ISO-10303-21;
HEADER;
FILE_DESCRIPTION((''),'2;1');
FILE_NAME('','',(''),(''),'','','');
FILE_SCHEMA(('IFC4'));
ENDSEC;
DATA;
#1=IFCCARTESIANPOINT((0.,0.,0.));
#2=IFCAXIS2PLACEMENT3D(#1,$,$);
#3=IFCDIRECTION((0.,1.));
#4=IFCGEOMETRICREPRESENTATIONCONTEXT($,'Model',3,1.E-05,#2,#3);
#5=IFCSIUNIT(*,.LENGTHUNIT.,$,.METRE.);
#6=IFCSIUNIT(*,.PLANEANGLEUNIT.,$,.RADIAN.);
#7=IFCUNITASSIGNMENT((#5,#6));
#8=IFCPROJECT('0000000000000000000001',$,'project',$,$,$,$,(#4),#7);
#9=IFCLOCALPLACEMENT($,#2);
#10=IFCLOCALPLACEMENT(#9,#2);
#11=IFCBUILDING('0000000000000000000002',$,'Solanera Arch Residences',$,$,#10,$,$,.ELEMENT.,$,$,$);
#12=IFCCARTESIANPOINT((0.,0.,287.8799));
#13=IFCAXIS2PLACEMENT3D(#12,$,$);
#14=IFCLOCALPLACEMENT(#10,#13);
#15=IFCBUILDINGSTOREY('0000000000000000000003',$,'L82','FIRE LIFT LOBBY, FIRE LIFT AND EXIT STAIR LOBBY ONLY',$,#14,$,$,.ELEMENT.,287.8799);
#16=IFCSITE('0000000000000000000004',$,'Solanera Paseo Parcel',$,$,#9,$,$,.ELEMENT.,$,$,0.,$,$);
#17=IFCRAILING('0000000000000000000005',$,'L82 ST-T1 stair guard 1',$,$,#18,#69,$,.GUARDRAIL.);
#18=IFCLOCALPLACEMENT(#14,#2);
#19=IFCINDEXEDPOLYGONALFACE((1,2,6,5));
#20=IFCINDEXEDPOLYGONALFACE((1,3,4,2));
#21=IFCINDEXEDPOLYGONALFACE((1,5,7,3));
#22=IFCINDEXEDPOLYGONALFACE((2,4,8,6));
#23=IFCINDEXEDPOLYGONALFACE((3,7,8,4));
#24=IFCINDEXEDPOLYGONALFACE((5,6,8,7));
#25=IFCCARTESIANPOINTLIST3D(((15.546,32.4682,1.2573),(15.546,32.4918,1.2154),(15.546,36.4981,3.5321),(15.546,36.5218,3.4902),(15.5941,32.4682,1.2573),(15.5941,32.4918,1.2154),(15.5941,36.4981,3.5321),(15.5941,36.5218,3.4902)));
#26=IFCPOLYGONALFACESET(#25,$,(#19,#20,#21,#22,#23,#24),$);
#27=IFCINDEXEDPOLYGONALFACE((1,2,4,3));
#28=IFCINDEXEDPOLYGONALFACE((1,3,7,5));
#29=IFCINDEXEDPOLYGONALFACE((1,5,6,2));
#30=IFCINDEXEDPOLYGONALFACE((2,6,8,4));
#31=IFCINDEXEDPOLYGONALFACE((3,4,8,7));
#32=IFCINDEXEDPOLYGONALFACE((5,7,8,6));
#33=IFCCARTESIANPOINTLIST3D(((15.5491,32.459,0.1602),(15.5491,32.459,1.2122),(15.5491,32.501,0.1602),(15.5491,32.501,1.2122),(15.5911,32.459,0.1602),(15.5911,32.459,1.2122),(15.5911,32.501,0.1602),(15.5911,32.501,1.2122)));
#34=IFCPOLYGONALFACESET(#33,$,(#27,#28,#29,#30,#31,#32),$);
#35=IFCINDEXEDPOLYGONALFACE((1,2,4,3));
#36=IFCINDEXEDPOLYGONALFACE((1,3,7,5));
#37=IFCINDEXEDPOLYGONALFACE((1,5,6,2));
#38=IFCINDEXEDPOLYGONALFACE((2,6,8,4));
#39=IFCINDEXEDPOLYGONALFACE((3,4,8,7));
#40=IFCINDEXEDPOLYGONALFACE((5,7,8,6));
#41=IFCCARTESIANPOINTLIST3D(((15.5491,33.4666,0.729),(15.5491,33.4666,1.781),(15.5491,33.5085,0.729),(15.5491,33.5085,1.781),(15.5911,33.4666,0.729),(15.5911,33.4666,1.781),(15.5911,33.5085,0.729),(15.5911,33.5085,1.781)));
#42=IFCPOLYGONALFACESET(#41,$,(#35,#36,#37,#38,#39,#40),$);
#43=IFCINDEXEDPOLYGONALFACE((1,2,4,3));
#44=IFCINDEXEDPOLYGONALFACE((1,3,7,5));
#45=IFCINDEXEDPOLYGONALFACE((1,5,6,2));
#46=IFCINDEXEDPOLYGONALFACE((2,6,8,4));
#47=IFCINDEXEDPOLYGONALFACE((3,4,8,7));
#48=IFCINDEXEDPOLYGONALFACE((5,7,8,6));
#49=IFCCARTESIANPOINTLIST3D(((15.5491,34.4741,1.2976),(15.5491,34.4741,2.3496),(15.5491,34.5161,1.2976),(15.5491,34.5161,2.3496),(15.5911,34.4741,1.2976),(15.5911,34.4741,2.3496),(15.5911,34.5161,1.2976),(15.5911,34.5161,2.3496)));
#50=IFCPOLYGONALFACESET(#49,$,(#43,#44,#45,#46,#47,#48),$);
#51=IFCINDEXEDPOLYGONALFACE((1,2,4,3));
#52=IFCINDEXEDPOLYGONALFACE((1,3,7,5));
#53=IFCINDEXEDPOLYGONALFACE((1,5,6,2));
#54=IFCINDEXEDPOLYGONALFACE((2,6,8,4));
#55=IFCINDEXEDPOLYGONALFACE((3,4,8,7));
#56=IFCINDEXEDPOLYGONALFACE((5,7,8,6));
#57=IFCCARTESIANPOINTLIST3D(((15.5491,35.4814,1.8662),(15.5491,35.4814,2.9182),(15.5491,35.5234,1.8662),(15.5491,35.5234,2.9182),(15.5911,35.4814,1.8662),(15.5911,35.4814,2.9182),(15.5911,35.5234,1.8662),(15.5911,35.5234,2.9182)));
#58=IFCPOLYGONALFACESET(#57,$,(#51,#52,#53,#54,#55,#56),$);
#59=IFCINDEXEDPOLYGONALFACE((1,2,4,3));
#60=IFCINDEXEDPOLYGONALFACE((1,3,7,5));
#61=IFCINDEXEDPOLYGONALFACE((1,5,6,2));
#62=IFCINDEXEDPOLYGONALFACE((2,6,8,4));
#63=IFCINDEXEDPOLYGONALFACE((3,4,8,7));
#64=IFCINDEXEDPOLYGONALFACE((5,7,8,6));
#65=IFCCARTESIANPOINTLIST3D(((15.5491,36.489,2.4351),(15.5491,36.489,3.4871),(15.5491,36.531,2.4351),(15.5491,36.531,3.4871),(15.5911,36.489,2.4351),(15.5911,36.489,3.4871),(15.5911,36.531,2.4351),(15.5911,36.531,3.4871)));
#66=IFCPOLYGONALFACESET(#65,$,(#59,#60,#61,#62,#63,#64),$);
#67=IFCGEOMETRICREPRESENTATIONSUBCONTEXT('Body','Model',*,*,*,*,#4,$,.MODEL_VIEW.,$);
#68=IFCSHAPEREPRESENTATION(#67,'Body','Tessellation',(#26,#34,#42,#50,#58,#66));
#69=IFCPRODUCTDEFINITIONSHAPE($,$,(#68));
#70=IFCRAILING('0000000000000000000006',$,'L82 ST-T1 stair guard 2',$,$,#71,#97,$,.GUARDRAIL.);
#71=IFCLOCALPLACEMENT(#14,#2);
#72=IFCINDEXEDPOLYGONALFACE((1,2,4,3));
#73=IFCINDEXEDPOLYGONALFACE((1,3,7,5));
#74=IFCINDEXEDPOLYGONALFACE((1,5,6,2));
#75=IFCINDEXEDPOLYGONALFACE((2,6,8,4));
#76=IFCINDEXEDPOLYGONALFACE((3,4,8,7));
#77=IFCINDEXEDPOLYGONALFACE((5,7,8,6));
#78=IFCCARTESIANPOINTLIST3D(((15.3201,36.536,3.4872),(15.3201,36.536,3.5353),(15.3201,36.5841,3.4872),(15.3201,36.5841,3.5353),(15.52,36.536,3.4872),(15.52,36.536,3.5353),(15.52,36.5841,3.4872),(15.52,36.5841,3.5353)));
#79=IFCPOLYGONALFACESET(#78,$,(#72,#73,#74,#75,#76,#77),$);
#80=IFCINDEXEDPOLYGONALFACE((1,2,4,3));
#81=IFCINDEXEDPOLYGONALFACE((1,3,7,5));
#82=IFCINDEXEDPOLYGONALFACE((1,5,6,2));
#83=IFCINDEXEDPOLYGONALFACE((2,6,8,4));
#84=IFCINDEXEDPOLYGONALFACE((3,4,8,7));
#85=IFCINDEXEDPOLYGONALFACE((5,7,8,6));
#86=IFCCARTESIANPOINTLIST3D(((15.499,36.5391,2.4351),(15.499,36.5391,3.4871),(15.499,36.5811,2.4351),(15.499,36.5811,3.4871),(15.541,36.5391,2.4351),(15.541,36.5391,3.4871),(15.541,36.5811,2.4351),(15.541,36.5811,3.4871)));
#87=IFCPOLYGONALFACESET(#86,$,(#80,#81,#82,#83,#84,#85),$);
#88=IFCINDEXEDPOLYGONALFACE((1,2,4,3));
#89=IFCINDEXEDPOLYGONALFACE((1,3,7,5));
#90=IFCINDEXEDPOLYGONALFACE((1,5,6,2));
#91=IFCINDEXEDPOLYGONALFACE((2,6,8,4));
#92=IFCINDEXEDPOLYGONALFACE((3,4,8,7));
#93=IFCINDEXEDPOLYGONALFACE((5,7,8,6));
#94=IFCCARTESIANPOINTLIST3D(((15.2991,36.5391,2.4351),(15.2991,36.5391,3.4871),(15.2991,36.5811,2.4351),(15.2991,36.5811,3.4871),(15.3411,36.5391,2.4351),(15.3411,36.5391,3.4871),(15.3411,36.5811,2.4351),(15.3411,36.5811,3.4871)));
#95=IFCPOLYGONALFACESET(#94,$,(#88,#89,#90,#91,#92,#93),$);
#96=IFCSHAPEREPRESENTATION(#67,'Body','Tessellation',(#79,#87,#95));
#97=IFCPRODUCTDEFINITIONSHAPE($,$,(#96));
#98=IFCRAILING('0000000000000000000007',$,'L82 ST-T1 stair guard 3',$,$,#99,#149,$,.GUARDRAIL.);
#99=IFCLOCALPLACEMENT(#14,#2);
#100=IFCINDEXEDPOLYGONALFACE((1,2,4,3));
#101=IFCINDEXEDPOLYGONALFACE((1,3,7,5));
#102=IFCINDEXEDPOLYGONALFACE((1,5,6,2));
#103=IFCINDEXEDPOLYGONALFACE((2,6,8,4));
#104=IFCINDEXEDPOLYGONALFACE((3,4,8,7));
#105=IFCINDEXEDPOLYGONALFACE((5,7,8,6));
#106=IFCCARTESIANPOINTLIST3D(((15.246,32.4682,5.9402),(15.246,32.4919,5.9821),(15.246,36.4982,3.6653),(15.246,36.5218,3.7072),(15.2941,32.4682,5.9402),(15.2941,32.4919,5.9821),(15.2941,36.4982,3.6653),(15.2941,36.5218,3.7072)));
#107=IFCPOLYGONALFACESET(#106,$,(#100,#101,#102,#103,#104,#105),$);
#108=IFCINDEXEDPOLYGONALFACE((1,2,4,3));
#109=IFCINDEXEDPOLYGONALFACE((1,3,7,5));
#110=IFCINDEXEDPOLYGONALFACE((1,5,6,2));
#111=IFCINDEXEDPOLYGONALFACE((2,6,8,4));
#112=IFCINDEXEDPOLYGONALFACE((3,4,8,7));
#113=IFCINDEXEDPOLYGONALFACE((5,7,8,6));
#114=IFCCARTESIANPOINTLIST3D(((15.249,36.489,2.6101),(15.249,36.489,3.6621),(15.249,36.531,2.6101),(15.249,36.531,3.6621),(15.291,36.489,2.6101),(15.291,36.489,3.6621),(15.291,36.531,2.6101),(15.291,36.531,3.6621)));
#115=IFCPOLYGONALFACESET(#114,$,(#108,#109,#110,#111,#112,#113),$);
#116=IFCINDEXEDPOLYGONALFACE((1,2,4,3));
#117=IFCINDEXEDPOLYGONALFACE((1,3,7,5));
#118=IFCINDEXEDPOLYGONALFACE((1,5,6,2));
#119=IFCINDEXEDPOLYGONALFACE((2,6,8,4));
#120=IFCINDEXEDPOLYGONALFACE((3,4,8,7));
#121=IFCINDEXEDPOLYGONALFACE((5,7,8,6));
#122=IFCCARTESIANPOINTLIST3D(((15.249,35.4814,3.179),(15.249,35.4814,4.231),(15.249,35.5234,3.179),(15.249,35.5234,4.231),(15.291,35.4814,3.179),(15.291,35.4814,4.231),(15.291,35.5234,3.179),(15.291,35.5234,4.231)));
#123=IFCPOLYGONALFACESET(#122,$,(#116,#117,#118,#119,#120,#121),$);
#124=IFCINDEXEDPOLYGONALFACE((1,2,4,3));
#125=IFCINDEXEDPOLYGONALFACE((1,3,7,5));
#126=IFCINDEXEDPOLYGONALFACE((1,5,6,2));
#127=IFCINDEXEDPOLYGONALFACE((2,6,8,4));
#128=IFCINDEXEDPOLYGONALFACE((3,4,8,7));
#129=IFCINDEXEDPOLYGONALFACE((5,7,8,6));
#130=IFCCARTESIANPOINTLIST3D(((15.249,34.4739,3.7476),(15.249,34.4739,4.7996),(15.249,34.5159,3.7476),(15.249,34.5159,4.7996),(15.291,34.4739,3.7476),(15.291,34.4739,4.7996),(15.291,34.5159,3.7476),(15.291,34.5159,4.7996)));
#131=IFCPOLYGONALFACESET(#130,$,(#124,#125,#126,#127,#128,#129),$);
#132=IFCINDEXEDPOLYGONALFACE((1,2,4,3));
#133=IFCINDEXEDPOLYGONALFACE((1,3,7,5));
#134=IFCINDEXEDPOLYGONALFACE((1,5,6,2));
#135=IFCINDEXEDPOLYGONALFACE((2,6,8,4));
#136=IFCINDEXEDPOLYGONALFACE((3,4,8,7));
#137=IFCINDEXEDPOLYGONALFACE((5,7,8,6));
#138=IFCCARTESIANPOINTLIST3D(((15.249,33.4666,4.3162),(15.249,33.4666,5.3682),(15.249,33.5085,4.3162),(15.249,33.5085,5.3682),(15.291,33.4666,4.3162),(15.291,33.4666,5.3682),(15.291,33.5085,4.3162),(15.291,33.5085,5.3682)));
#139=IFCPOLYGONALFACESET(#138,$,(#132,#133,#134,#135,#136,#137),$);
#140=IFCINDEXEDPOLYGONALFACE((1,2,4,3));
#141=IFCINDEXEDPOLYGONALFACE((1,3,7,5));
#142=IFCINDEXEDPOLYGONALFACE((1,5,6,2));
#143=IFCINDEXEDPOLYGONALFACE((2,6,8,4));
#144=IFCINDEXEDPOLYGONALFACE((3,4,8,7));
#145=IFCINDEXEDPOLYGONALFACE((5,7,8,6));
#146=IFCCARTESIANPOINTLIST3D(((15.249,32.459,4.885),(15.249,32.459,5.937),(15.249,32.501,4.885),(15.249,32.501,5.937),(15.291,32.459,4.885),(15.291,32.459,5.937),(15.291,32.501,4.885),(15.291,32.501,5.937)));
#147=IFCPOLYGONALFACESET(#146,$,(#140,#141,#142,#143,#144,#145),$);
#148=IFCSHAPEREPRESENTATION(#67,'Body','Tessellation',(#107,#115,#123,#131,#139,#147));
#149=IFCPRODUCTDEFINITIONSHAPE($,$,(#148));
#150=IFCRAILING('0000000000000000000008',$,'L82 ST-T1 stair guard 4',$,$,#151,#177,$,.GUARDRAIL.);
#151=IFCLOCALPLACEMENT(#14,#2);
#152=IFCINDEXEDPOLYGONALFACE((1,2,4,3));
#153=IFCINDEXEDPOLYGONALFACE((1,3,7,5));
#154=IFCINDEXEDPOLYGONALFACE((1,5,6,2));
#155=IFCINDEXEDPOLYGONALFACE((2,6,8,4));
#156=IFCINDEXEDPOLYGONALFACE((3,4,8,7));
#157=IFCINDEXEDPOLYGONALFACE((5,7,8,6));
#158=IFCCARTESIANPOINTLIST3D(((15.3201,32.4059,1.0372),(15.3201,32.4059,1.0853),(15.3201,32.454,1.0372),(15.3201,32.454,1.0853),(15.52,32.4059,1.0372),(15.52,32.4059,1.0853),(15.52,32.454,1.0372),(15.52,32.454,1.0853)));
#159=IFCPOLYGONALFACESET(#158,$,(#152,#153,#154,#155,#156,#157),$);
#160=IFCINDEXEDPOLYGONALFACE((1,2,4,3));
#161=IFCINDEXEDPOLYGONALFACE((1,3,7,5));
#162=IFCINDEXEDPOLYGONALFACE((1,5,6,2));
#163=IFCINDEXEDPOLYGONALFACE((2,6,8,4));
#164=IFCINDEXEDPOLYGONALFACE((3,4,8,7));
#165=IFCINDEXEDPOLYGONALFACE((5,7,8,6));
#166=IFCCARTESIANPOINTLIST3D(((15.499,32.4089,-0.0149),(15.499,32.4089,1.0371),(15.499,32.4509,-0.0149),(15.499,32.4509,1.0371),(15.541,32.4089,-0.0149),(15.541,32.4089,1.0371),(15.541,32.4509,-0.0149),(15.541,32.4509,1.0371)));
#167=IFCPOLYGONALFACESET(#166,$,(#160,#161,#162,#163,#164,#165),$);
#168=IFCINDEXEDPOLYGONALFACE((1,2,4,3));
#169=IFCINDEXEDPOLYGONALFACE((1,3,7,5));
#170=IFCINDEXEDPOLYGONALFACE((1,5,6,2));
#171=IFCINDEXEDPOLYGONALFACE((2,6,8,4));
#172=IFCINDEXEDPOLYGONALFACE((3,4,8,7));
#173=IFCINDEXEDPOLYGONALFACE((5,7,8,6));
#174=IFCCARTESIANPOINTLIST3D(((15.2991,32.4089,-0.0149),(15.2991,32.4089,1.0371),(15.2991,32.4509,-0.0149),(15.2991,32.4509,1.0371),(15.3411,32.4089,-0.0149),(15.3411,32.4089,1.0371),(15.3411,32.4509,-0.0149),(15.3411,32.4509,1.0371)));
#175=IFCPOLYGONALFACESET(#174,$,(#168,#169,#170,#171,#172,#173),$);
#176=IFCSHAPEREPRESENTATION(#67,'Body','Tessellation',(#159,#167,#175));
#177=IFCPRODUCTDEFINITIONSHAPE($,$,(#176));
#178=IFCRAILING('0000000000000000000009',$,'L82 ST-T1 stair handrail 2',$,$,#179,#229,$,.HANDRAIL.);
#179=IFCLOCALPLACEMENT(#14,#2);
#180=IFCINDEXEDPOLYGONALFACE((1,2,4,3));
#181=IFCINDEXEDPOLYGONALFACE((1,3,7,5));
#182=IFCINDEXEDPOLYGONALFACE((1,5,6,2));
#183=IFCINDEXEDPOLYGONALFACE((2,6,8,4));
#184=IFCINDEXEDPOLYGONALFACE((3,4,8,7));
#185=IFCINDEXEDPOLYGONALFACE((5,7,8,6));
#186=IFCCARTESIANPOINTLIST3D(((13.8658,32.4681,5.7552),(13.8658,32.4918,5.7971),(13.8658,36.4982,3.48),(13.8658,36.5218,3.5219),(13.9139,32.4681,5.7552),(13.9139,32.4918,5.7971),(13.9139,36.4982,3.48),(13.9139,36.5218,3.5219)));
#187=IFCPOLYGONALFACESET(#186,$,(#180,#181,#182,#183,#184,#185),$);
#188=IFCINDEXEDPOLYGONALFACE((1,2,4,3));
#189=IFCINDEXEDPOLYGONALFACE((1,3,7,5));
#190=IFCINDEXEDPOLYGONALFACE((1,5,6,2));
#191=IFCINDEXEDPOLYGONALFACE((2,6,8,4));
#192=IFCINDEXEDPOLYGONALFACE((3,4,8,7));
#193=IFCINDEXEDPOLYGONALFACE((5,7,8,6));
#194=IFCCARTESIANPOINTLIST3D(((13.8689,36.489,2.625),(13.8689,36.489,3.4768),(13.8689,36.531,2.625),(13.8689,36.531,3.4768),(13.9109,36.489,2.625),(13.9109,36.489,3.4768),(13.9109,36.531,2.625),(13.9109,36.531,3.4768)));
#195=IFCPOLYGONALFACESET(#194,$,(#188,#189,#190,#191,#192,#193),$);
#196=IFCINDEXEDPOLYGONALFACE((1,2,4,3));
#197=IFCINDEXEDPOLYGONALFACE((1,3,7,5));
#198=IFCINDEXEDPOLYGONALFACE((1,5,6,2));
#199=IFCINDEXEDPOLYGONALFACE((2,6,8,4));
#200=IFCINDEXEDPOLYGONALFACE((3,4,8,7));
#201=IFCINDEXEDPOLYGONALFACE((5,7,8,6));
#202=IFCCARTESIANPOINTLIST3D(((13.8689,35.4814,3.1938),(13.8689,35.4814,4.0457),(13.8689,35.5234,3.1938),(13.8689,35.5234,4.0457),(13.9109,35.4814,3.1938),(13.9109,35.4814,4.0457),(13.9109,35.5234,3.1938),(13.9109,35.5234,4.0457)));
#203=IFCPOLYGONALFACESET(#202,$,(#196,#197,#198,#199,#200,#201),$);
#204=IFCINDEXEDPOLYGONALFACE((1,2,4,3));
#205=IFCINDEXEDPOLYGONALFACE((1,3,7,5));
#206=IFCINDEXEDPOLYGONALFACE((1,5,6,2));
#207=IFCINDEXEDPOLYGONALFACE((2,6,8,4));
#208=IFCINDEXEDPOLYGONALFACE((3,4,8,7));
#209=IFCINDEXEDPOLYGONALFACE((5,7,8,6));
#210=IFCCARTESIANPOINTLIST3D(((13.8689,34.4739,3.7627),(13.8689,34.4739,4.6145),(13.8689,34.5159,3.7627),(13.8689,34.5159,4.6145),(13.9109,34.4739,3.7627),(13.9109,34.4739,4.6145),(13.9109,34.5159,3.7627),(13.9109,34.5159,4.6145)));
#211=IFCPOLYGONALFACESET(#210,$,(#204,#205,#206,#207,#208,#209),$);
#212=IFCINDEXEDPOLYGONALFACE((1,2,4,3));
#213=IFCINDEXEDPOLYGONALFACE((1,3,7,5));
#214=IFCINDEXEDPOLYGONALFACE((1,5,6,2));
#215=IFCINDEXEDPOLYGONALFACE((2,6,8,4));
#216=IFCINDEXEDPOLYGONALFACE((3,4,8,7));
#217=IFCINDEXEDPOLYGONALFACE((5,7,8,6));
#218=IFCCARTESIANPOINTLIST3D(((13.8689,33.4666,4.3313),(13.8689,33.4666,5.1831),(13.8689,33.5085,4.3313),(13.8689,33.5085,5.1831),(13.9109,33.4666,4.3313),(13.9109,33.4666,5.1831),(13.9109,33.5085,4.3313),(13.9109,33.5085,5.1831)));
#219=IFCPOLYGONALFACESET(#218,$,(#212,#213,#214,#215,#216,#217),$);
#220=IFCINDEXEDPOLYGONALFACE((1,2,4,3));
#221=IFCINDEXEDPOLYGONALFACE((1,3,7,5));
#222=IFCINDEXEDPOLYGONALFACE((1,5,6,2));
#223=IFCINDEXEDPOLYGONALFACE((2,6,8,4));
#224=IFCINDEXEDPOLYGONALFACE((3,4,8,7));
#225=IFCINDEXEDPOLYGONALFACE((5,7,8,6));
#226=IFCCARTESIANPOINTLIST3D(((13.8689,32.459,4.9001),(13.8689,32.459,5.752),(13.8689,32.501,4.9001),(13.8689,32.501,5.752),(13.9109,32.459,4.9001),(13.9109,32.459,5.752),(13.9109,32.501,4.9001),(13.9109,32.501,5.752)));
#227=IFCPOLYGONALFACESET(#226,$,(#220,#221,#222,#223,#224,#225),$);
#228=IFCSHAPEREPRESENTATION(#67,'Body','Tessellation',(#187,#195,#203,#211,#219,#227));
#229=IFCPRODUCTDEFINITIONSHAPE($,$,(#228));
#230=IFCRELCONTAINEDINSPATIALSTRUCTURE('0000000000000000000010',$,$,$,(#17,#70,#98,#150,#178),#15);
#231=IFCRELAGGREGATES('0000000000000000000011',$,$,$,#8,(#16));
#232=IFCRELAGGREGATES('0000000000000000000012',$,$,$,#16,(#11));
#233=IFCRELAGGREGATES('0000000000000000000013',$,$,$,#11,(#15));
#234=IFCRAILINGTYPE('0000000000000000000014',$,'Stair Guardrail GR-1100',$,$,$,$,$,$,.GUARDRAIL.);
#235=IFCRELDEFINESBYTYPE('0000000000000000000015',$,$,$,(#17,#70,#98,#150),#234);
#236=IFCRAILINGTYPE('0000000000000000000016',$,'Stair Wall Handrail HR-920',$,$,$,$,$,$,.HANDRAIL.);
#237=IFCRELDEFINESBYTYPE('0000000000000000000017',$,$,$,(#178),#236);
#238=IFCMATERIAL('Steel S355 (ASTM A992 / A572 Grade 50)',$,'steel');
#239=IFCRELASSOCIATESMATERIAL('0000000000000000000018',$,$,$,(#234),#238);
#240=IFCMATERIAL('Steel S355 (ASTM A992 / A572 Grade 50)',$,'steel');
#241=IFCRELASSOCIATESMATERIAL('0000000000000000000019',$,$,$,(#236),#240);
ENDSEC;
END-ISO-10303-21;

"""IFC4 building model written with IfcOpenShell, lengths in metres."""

from ifc_helpers import new_model, si_unit, direction, frame, origin, origin_2d, place, context, subcontext, project, spatial, rectangle, extrude, material, type_object, element, save


model = new_model("IFC4")

# Units and contexts
model_context = context("Model", 3, precision=1e-05, world=origin(), true_north=direction((0.0, 1.0)))
body_context = subcontext(model_context, "Body", "Model", "MODEL_VIEW")
ifc_project = project(units=[si_unit("LENGTHUNIT", "METRE"), si_unit("PLANEANGLEUNIT", "RADIAN")], contexts=[model_context])

# Site, building, storey
site_placement = place(None, origin())
site = spatial("IfcSite", under=ifc_project, at=site_placement, Name="Solanera Paseo Parcel", CompositionType="ELEMENT", RefElevation=0.0)
building_placement = place(site_placement, origin())
building = spatial("IfcBuilding", under=site, at=building_placement, Name="Solanera Arch Residences", CompositionType="ELEMENT")
storey_placement = place(building_placement, frame((0.0, 0.0, 287.8799)))
storey = spatial("IfcBuildingStorey", under=building, at=storey_placement, Name="L82", Description="FIRE LIFT LOBBY, FIRE LIFT AND EXIT STAIR LOBBY ONLY", CompositionType="ELEMENT", Elevation=287.8799)

# Railings
ifc_material_1 = material(Name="Steel S355 (ASTM A992 / A572 Grade 50)", Category="steel")
railing_type_1 = type_object("IfcRailingType", Name="Stair Guardrail GR-1100", PredefinedType="GUARDRAIL", material=ifc_material_1)
railing_1_placement = place(storey_placement, frame((15.5701, 32.48, 0.1602)))
element("IfcRailing", 1, at=railing_1_placement, inside=storey, type_object=railing_type_1, Name="L82 ST-T1 stair guard 1", PredefinedType="GUARDRAIL", context=body_context, shape_type="SweptSolid", body=[
    extrude(rectangle(XDim=0.0481, YDim=0.0481, at=origin_2d()), frame((0.0, 0.0, 1.0762), z_axis=(0.0, 0.870835, 0.491576), x_axis=(-1.0, 0.0, 0.0)), (0.0, 0.0, 1.0), 4.6277),
    extrude(rectangle(XDim=0.042, YDim=0.042, at=origin_2d()), origin(), (0.0, 0.0, 1.0), 1.052),
    extrude(rectangle(XDim=0.042, YDim=0.042, at=origin_2d()), frame((0.0, 1.0076, 0.5688)), (0.0, 0.0, 1.0), 1.052),
    extrude(rectangle(XDim=0.042, YDim=0.042, at=origin_2d()), frame((0.0, 2.0151, 1.1375)), (0.0, 0.0, 1.0), 1.052),
    extrude(rectangle(XDim=0.042, YDim=0.042, at=origin_2d()), frame((0.0, 3.0225, 1.7061)), (0.0, 0.0, 1.0), 1.052),
    extrude(rectangle(XDim=0.042, YDim=0.042, at=origin_2d()), frame((0.0, 4.03, 2.2749)), (0.0, 0.0, 1.0), 1.052),
])
railing_2_placement = place(storey_placement, frame((15.52, 36.5601, 2.4351)))
element("IfcRailing", 2, at=railing_2_placement, inside=storey, type_object=railing_type_1, Name="L82 ST-T1 stair guard 2", PredefinedType="GUARDRAIL", context=body_context, shape_type="SweptSolid", body=[
    extrude(rectangle(XDim=0.0481, YDim=0.0481, at=origin_2d()), frame((0.0, 0.0, 1.0762), z_axis=(-1.0, 0.0, 0.0), x_axis=(0.0, -1.0, 0.0)), (0.0, 0.0, 1.0), 0.2),
    extrude(rectangle(XDim=0.042, YDim=0.042, at=origin_2d()), origin(), (0.0, 0.0, 1.0), 1.052),
    extrude(rectangle(XDim=0.042, YDim=0.042, at=origin_2d()), frame((-0.2, 0.0, 0.0)), (0.0, 0.0, 1.0), 1.052),
])
railing_3_placement = place(storey_placement, frame((15.27, 36.51, 2.6101)))
element("IfcRailing", 3, at=railing_3_placement, inside=storey, type_object=railing_type_1, Name="L82 ST-T1 stair guard 3", PredefinedType="GUARDRAIL", context=body_context, shape_type="SweptSolid", body=[
    extrude(rectangle(XDim=0.0481, YDim=0.0481, at=origin_2d()), frame((0.0, 0.0, 1.0762), z_axis=(0.0, -0.870835, 0.491576), x_axis=(1.0, 0.0, 0.0)), (0.0, 0.0, 1.0), 4.6277),
    extrude(rectangle(XDim=0.042, YDim=0.042, at=origin_2d()), origin(), (0.0, 0.0, 1.0), 1.052),
    extrude(rectangle(XDim=0.042, YDim=0.042, at=origin_2d()), frame((0.0, -1.0076, 0.5688)), (0.0, 0.0, 1.0), 1.052),
    extrude(rectangle(XDim=0.042, YDim=0.042, at=origin_2d()), frame((0.0, -2.0151, 1.1375)), (0.0, 0.0, 1.0), 1.052),
    extrude(rectangle(XDim=0.042, YDim=0.042, at=origin_2d()), frame((0.0, -3.0225, 1.7061)), (0.0, 0.0, 1.0), 1.052),
    extrude(rectangle(XDim=0.042, YDim=0.042, at=origin_2d()), frame((0.0, -4.03, 2.2749)), (0.0, 0.0, 1.0), 1.052),
])
railing_4_placement = place(storey_placement, frame((15.52, 32.4299, -0.0149)))
element("IfcRailing", 4, at=railing_4_placement, inside=storey, type_object=railing_type_1, Name="L82 ST-T1 stair guard 4", PredefinedType="GUARDRAIL", context=body_context, shape_type="SweptSolid", body=[
    extrude(rectangle(XDim=0.0481, YDim=0.0481, at=origin_2d()), frame((0.0, 0.0, 1.0762), z_axis=(-1.0, 0.0, 0.0), x_axis=(0.0, -1.0, 0.0)), (0.0, 0.0, 1.0), 0.2),
    extrude(rectangle(XDim=0.042, YDim=0.042, at=origin_2d()), origin(), (0.0, 0.0, 1.0), 1.052),
    extrude(rectangle(XDim=0.042, YDim=0.042, at=origin_2d()), frame((-0.2, 0.0, 0.0)), (0.0, 0.0, 1.0), 1.052),
])
ifc_material_2 = material(Name="Steel S355 (ASTM A992 / A572 Grade 50)", Category="steel")
railing_type_2 = type_object("IfcRailingType", Name="Stair Wall Handrail HR-920", PredefinedType="HANDRAIL", material=ifc_material_2)
railing_5_placement = place(storey_placement, frame((13.8899, 36.51, 2.625)))
element("IfcRailing", 5, at=railing_5_placement, inside=storey, type_object=railing_type_2, Name="L82 ST-T1 stair handrail 2", PredefinedType="HANDRAIL", context=body_context, shape_type="SweptSolid", body=[
    extrude(rectangle(XDim=0.0481, YDim=0.0481, at=origin_2d()), frame((0.0, 0.0, 0.876), z_axis=(0.0, -0.870812, 0.491616), x_axis=(1.0, 0.0, 0.0)), (0.0, 0.0, 1.0), 4.6279),
    extrude(rectangle(XDim=0.042, YDim=0.042, at=origin_2d()), origin(), (0.0, 0.0, 1.0), 0.8518),
    extrude(rectangle(XDim=0.042, YDim=0.042, at=origin_2d()), frame((0.0, -1.0076, 0.5688)), (0.0, 0.0, 1.0), 0.8518),
    extrude(rectangle(XDim=0.042, YDim=0.042, at=origin_2d()), frame((0.0, -2.0151, 1.1377)), (0.0, 0.0, 1.0), 0.8518),
    extrude(rectangle(XDim=0.042, YDim=0.042, at=origin_2d()), frame((0.0, -3.0225, 1.7063)), (0.0, 0.0, 1.0), 0.8518),
    extrude(rectangle(XDim=0.042, YDim=0.042, at=origin_2d()), frame((0.0, -4.03, 2.2751)), (0.0, 0.0, 1.0), 0.8518),
])

save(model, "model.ifc")
